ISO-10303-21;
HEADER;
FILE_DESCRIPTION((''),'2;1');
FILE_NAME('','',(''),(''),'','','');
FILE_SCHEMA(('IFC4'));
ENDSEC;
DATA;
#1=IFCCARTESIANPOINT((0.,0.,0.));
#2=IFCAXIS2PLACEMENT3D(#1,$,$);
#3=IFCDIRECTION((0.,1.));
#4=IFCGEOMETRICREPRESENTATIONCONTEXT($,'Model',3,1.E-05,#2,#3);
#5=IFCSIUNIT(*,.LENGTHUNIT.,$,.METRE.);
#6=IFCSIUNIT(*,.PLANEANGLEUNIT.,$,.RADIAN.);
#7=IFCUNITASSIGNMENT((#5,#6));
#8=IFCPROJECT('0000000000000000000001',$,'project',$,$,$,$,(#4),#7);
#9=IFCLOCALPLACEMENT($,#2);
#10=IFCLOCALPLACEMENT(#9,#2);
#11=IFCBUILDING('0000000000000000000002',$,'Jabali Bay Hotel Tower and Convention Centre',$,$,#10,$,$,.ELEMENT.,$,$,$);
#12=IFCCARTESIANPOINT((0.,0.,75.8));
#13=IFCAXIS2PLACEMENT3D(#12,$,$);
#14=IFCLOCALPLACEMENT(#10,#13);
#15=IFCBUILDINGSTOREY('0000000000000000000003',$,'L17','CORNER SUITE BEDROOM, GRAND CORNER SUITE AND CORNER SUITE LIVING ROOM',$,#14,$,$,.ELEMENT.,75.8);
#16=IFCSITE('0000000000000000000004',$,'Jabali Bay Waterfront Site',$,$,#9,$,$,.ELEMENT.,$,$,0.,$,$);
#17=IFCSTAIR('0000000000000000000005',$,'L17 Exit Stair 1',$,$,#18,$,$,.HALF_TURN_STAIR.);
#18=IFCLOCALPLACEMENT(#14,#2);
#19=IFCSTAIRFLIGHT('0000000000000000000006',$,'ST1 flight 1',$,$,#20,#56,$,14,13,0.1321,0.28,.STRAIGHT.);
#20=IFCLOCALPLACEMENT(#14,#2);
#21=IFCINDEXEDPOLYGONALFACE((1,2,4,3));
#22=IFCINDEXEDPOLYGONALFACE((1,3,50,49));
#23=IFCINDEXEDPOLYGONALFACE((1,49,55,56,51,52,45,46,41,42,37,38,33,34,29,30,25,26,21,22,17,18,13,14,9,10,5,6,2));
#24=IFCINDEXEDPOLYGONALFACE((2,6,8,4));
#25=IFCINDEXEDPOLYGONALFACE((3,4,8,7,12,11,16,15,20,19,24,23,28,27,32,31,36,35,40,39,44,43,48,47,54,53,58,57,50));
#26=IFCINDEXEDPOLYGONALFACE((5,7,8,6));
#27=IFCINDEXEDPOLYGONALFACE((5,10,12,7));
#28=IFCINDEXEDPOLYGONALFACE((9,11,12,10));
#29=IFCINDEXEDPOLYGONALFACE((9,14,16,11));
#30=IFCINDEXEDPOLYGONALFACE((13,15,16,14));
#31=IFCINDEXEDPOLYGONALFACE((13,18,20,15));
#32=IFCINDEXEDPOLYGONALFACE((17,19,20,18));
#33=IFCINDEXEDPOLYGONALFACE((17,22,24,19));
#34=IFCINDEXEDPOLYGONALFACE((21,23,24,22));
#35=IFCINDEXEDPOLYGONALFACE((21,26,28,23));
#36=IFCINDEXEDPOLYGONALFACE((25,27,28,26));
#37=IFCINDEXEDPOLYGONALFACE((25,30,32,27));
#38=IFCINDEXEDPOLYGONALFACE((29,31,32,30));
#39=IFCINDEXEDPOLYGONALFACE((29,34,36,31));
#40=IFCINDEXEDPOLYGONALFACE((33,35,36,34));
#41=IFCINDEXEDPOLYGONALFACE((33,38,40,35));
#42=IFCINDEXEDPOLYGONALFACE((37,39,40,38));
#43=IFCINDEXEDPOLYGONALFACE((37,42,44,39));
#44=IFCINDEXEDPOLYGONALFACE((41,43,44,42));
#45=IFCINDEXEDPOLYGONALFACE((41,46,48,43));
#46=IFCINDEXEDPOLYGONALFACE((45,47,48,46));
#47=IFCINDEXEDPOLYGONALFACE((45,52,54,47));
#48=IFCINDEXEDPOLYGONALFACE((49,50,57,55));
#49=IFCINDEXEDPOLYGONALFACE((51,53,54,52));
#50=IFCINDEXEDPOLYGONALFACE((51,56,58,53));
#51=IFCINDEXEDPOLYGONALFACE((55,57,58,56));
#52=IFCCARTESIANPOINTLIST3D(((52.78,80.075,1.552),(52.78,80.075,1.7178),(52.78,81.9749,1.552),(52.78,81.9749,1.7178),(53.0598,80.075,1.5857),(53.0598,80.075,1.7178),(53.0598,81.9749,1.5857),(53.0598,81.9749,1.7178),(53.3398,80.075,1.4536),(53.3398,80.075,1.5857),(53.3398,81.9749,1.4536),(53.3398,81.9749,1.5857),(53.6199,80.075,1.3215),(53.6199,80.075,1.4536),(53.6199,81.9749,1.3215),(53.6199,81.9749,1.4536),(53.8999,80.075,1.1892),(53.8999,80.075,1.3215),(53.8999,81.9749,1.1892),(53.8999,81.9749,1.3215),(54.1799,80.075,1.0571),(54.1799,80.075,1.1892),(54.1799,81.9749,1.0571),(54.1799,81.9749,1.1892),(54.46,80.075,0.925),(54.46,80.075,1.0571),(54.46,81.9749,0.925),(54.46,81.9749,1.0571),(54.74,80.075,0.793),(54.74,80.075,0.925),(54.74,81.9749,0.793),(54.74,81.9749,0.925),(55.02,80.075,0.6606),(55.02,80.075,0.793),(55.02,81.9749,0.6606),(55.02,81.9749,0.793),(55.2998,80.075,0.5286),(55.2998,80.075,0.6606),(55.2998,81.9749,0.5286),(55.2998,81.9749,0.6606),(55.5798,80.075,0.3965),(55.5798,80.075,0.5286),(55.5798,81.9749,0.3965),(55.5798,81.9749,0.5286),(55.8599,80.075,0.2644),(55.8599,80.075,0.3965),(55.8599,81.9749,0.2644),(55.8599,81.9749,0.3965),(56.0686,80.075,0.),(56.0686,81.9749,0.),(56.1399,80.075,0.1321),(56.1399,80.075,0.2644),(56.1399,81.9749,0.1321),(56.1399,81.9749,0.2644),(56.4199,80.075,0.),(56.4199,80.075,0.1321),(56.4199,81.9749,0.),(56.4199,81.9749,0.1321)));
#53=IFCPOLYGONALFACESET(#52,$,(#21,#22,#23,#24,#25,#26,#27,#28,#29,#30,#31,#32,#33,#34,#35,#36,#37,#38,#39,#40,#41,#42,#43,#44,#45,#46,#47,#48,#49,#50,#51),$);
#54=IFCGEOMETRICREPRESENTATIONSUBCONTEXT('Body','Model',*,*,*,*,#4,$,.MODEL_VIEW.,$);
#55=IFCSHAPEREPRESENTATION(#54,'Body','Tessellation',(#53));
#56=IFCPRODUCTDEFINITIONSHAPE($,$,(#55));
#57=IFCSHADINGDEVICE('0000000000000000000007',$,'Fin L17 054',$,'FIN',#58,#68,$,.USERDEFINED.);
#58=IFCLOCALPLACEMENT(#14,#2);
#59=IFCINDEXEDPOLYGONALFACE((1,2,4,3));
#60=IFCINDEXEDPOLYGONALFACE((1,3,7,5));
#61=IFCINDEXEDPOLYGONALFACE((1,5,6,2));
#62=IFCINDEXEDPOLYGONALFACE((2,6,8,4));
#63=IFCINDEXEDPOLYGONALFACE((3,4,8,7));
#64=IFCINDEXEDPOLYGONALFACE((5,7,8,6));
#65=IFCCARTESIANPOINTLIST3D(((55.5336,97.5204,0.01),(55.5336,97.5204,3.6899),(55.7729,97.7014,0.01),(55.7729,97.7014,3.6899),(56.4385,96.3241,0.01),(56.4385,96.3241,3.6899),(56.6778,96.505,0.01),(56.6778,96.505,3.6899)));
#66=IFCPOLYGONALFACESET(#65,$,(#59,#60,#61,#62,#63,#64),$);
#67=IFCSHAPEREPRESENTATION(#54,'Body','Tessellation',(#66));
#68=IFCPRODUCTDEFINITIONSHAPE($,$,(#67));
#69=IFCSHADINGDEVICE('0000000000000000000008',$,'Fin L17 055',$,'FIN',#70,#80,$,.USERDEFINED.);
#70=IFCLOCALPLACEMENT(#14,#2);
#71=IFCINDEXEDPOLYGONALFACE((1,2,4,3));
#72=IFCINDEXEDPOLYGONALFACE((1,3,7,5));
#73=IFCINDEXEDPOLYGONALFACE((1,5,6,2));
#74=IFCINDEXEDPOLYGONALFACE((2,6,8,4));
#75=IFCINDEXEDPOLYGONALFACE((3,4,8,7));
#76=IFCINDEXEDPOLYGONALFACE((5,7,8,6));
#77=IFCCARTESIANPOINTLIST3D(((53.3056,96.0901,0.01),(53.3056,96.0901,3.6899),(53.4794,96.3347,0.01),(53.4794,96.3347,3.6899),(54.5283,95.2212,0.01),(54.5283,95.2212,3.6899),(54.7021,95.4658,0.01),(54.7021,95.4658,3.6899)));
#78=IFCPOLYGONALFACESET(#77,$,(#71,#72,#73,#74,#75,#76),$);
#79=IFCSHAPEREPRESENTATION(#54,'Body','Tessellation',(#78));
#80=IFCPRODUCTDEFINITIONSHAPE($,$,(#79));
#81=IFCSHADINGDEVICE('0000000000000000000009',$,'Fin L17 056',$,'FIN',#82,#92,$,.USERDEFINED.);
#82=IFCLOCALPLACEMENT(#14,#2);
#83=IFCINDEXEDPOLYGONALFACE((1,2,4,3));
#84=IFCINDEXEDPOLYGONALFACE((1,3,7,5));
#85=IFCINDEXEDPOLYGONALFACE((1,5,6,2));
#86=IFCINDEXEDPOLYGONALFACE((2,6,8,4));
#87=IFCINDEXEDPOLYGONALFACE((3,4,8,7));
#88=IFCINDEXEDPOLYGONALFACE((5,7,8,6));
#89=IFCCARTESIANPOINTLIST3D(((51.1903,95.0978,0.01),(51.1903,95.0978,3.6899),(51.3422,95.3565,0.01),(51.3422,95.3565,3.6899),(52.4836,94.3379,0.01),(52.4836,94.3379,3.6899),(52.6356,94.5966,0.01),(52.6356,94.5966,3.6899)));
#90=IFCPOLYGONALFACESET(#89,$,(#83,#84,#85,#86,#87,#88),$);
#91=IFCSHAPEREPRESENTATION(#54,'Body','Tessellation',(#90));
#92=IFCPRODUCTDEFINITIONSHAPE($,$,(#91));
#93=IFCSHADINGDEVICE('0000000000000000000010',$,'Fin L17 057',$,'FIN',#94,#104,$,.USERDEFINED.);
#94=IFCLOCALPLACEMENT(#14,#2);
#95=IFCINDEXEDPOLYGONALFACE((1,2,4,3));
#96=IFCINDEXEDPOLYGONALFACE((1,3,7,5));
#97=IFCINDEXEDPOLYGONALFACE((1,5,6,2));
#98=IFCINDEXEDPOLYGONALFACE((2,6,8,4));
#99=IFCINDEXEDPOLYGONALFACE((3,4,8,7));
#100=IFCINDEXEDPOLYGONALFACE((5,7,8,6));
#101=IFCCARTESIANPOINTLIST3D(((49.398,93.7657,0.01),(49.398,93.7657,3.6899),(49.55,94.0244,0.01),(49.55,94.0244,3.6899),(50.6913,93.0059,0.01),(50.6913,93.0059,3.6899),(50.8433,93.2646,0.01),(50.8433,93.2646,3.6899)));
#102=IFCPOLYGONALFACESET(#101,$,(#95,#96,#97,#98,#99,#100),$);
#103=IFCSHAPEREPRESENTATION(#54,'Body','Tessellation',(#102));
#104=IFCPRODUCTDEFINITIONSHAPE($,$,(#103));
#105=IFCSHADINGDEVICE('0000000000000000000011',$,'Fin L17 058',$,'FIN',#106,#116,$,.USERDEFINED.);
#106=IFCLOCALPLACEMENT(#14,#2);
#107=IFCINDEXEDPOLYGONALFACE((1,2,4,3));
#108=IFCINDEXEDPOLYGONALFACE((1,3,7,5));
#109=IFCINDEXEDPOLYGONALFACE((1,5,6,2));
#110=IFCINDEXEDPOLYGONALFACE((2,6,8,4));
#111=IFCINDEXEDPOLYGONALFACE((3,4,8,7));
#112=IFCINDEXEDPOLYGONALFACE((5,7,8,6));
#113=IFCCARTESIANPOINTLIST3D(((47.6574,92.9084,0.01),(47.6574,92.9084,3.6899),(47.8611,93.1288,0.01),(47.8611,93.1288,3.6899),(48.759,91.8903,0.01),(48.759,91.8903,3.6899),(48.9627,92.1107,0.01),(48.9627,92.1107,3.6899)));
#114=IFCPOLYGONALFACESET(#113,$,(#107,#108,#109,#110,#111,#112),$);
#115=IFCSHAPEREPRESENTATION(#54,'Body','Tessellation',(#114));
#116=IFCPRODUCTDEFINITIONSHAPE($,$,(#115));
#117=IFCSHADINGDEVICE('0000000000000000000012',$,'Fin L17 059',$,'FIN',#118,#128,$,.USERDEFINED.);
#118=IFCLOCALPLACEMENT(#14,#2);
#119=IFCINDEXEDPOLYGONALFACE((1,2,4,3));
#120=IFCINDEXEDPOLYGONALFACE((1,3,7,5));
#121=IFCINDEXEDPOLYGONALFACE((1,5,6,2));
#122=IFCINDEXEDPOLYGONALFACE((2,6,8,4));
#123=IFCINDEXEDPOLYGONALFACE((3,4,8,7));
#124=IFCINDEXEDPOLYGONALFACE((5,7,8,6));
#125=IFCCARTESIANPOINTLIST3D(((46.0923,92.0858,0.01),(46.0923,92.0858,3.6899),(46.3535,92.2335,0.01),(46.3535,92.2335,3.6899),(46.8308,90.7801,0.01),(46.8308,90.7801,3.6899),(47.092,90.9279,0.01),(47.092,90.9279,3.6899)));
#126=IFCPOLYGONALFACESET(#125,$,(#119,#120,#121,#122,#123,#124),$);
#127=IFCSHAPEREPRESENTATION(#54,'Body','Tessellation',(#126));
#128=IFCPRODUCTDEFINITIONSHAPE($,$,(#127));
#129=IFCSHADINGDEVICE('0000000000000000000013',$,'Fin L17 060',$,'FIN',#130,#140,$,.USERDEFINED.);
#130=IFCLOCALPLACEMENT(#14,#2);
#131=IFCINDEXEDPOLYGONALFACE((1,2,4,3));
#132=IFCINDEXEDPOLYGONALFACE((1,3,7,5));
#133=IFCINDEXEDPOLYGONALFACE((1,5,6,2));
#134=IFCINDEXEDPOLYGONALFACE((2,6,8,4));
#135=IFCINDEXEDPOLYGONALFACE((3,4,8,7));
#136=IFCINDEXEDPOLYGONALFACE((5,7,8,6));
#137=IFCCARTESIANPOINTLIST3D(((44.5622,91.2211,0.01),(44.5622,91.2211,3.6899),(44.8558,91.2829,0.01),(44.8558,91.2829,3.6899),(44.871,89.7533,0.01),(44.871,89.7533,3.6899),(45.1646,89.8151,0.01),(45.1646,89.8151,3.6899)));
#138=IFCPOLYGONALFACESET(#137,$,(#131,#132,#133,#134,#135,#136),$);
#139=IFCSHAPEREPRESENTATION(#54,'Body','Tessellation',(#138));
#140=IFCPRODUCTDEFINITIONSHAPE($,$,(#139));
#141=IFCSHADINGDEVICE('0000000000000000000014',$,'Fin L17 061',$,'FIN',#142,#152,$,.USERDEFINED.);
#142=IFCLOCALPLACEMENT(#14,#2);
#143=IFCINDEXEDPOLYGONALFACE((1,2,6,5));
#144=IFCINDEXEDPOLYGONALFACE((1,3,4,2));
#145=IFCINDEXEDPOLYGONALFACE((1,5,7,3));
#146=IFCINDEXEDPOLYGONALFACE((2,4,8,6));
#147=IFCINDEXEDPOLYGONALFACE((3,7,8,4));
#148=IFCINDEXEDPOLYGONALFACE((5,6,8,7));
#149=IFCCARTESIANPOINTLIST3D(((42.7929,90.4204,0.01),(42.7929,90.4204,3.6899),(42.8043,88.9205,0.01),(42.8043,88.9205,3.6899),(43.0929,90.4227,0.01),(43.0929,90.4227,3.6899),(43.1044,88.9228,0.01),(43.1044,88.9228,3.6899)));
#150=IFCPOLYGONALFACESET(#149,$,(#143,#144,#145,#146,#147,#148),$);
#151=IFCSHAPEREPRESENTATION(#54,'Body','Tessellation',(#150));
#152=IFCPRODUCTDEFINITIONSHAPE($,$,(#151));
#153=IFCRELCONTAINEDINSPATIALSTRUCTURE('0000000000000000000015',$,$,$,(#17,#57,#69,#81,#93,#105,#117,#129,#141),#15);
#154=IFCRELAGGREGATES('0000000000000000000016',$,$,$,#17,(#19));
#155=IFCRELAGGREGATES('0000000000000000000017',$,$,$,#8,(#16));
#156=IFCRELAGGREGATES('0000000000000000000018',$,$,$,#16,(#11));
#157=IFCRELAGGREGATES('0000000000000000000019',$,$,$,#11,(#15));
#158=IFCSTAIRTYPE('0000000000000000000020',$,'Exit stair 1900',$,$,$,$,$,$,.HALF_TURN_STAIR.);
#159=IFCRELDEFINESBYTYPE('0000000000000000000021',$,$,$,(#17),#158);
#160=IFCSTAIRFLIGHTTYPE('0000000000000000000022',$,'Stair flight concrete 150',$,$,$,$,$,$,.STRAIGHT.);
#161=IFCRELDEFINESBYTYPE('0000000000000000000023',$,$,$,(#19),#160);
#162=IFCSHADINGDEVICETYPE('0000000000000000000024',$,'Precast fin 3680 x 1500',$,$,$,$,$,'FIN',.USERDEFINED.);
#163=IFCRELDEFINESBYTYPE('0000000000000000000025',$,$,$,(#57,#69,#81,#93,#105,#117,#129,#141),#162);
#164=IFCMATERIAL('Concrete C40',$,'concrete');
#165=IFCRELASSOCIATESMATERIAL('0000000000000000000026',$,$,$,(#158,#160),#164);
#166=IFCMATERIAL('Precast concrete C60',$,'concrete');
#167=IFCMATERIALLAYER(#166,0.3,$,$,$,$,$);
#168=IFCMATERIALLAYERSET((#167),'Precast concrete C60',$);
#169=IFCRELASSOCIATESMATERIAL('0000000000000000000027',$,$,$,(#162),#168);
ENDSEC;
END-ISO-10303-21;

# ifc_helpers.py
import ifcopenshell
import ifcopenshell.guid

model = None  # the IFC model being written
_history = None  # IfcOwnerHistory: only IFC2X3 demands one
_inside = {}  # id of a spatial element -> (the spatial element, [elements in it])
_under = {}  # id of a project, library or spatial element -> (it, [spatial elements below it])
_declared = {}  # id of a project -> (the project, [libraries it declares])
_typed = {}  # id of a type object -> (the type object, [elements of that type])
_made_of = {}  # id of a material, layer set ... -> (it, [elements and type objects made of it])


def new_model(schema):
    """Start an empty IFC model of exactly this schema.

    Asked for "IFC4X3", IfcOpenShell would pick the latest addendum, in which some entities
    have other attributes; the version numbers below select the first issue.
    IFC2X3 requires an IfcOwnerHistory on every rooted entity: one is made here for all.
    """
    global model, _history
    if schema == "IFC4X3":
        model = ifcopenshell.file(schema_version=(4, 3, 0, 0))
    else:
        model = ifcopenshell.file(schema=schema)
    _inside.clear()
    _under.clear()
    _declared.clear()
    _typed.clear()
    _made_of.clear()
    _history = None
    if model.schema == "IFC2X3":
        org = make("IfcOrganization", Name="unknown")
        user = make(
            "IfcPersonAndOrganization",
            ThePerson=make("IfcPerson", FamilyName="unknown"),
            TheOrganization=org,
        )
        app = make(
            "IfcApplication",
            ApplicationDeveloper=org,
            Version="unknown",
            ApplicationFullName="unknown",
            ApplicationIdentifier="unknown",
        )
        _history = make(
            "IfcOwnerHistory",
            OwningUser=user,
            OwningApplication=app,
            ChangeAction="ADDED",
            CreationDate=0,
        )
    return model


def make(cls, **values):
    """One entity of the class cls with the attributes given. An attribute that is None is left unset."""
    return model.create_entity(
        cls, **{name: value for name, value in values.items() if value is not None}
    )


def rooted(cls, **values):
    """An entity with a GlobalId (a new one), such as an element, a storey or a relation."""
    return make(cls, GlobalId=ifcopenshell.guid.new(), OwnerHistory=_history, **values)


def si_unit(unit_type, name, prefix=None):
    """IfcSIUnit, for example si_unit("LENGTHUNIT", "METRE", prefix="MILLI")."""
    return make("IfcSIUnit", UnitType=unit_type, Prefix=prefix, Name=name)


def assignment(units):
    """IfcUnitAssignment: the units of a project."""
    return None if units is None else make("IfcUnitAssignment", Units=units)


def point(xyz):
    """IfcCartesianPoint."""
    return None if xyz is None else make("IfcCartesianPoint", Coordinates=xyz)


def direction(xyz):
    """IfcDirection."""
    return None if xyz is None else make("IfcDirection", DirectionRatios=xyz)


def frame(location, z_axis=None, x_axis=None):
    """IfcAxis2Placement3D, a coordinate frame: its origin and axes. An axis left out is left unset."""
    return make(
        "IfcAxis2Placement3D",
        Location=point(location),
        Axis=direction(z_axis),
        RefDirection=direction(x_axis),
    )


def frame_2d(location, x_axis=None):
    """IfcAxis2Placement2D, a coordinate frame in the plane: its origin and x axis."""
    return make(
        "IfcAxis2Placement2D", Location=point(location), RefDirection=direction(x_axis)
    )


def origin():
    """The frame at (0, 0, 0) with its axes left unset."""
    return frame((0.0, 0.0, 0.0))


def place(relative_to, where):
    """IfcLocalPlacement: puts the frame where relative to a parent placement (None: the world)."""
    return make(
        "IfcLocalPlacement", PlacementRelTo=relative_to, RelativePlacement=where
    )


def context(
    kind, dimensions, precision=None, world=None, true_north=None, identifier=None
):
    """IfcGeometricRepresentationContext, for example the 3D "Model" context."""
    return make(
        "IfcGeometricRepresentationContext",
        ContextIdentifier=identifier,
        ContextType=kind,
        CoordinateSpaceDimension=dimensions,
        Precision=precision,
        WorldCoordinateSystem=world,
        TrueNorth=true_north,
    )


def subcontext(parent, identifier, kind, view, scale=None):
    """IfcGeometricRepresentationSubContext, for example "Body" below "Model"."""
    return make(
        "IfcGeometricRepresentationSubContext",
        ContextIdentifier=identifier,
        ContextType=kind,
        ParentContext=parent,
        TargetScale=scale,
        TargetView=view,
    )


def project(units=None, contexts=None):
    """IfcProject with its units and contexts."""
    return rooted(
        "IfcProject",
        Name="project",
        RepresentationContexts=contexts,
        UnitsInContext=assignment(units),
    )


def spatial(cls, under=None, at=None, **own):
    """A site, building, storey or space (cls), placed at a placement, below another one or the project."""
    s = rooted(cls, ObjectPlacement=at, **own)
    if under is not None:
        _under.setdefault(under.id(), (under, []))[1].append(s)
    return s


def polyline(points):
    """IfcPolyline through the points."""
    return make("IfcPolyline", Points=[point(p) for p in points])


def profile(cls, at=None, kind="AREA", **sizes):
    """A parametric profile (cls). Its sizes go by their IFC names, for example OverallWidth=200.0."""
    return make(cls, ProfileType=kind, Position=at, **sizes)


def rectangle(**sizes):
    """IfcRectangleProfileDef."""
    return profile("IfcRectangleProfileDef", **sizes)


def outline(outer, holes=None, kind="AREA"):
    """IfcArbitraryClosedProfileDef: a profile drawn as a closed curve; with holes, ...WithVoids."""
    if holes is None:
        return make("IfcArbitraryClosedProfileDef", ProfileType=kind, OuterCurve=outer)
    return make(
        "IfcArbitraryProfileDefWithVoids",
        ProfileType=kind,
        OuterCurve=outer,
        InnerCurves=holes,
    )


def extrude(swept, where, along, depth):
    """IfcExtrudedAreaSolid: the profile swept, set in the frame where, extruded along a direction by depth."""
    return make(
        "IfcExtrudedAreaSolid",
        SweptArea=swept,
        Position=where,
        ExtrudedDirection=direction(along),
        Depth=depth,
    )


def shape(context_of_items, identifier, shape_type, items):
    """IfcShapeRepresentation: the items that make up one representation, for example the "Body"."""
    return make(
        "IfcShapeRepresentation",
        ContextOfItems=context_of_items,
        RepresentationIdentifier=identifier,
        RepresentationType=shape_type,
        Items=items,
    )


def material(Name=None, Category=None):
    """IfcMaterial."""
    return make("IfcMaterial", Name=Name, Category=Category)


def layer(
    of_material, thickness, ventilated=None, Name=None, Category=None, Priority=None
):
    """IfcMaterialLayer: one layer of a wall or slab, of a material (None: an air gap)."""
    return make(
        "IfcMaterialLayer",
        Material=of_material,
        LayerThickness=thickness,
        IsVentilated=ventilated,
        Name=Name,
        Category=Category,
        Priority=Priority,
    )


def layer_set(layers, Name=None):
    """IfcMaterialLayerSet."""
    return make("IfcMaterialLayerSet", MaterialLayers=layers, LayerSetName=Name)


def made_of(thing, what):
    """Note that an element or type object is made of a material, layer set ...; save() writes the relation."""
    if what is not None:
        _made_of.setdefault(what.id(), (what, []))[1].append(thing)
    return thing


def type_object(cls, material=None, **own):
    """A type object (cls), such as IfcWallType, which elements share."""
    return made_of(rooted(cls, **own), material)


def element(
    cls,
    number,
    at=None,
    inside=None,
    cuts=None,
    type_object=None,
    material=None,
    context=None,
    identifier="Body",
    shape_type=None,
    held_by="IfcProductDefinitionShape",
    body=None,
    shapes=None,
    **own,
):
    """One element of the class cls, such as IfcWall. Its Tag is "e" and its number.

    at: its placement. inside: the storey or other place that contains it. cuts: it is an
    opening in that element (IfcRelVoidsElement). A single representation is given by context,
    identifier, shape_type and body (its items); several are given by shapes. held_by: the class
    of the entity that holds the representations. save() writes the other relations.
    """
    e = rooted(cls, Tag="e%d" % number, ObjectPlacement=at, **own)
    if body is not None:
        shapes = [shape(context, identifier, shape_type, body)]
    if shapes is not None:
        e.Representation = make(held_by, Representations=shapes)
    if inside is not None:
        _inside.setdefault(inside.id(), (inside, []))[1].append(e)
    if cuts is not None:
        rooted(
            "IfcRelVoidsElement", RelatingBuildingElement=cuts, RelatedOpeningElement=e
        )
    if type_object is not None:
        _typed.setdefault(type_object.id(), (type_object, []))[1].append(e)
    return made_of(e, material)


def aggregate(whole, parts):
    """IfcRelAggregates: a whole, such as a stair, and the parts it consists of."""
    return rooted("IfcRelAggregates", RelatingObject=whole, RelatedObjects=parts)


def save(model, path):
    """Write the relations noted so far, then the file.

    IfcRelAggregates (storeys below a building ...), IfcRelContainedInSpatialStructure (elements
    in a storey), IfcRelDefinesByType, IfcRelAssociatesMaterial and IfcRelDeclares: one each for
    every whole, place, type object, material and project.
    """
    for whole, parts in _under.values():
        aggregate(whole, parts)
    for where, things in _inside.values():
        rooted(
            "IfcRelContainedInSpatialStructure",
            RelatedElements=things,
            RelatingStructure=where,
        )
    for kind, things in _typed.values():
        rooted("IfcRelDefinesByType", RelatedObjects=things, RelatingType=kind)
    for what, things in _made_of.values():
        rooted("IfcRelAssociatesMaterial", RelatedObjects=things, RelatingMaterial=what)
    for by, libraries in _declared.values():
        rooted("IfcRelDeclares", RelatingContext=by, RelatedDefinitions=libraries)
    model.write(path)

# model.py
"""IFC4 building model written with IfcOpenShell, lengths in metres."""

from ifc_helpers import new_model, si_unit, direction, frame, frame_2d, origin, place, context, subcontext, project, spatial, polyline, rectangle, outline, extrude, material, layer, layer_set, type_object, element, aggregate, save


model = new_model("IFC4")

# Units and contexts
model_context = context("Model", 3, precision=1e-05, world=origin(), true_north=direction((0.0, 1.0)))
body_context = subcontext(model_context, "Body", "Model", "MODEL_VIEW")
ifc_project = project(units=[si_unit("LENGTHUNIT", "METRE"), si_unit("PLANEANGLEUNIT", "RADIAN")], contexts=[model_context])

# Site, building, storey
site_placement = place(None, origin())
site = spatial("IfcSite", under=ifc_project, at=site_placement, Name="Jabali Bay Waterfront Site", CompositionType="ELEMENT", RefElevation=0.0)
building_placement = place(site_placement, origin())
building = spatial("IfcBuilding", under=site, at=building_placement, Name="Jabali Bay Hotel Tower and Convention Centre", CompositionType="ELEMENT")
storey_placement = place(building_placement, frame((0.0, 0.0, 75.8)))
storey = spatial("IfcBuildingStorey", under=building, at=storey_placement, Name="L17", Description="CORNER SUITE BEDROOM, GRAND CORNER SUITE AND CORNER SUITE LIVING ROOM", CompositionType="ELEMENT", Elevation=75.8)

# Shared definitions
ifc_material_1 = material(Name="Concrete C40", Category="concrete")

# Stair, stair flight
stair_type = type_object("IfcStairType", Name="Exit stair 1900", PredefinedType="HALF_TURN_STAIR", material=ifc_material_1)
stair_placement = place(storey_placement, origin())
stair = element("IfcStair", 1, at=stair_placement, inside=storey, type_object=stair_type, Name="L17 Exit Stair 1", PredefinedType="HALF_TURN_STAIR")
stair_flight_type = type_object("IfcStairFlightType", Name="Stair flight concrete 150", PredefinedType="STRAIGHT", material=ifc_material_1)
stair_flight_placement = place(storey_placement, frame((56.4199, 81.0249, 0.0), z_axis=(0.0, 0.0, 1.0), x_axis=(-1.0, 0.0, 0.0)))
stair_flight = element("IfcStairFlight", 2, at=stair_flight_placement, type_object=stair_flight_type, Name="ST1 flight 1", NumberOfRisers=14, NumberOfTreads=13, PredefinedType="STRAIGHT", RiserHeight=0.1321, TreadLength=0.28, context=body_context, shape_type="SweptSolid", body=[
    extrude(outline(polyline([(0.0, 0.0), (0.0, 0.1321), (0.28, 0.1321), (0.28, 0.2644), (0.5601, 0.2644), (0.5601, 0.3965), (0.8401, 0.3965), (0.8401, 0.5286), (1.1201, 0.5286), (1.1201, 0.6606), (1.3999, 0.6606), (1.3999, 0.793), (1.6799, 0.793), (1.6799, 0.925), (1.96, 0.925), (1.96, 1.0571), (2.24, 1.0571), (2.24, 1.1892), (2.52, 1.1892), (2.52, 1.3215), (2.8, 1.3215), (2.8, 1.4536), (3.0801, 1.4536), (3.0801, 1.5857), (3.3601, 1.5857), (3.3601, 1.7178), (3.6399, 1.7178), (3.6399, 1.8501), (3.6399, 1.552), (0.3513, 0.0), (0.0, 0.0)])), frame((0.0, 0.95, 0.0), z_axis=(0.0, -1.0, 0.0), x_axis=(1.0, 0.0, 0.0)), (0.0, 0.0, 1.0), 1.8999),
])
aggregate(stair, [stair_flight])

# Shading devices
ifc_material_2 = material(Name="Precast concrete C60", Category="concrete")
ifc_layer_1 = layer(ifc_material_2, 0.3)
ifc_layer_set_1 = layer_set([ifc_layer_1], Name="Precast concrete C60")
shading_device_type = type_object("IfcShadingDeviceType", Name="Precast fin 3680 x 1500", ElementType="FIN", PredefinedType="USERDEFINED", material=ifc_layer_set_1)
for number, where, z_axis, x_axis, name in (
    (3, (56.5581, 96.4146, 0.01), (0.0, 0.0, 1.0), (-0.603224, 0.797571, 0.0), "Fin L17 054"),
    (4, (54.6152, 95.3435, 0.01), (0.0, 0.0, 1.0), (-0.815128, 0.579281, 0.0), "Fin L17 055"),
    (5, (52.5596, 94.4673, 0.01), (0.0, 0.0, 1.0), (-0.86221, 0.506551, 0.0), "Fin L17 056"),
    (6, (50.7673, 93.1353, 0.01), (0.0, 0.0, 1.0), (-0.86221, 0.506551, 0.0), "Fin L17 057"),
    (7, (48.8608, 92.0005, 0.01), (0.0, 0.0, 1.0), (-0.734391, 0.678726, 0.0), "Fin L17 058"),
    (8, (46.9614, 90.854, 0.01), (0.0, 0.0, 1.0), (-0.492331, 0.870408, 0.0), "Fin L17 059"),
    (9, (45.0178, 89.7842, 0.01), (0.0, 0.0, 1.0), (-0.205904, 0.978572, 0.0), "Fin L17 060"),
    (10, (42.9543, 88.9216, 0.01), (0.0, 0.0, 1.0), (-0.00765, 0.999971, 0.0), "Fin L17 061"),
):
    element("IfcShadingDevice", number, at=place(storey_placement, frame(where, z_axis=z_axis, x_axis=x_axis)), inside=storey, type_object=shading_device_type, Name=name, ObjectType="FIN", PredefinedType="USERDEFINED", context=body_context, shape_type="SweptSolid", body=[
        extrude(rectangle(XDim=1.5, YDim=0.3, at=frame_2d((0.75, 0.0))), origin(), (0.0, 0.0, 1.0), 3.6799),
    ])

save(model, "model.ifc")
